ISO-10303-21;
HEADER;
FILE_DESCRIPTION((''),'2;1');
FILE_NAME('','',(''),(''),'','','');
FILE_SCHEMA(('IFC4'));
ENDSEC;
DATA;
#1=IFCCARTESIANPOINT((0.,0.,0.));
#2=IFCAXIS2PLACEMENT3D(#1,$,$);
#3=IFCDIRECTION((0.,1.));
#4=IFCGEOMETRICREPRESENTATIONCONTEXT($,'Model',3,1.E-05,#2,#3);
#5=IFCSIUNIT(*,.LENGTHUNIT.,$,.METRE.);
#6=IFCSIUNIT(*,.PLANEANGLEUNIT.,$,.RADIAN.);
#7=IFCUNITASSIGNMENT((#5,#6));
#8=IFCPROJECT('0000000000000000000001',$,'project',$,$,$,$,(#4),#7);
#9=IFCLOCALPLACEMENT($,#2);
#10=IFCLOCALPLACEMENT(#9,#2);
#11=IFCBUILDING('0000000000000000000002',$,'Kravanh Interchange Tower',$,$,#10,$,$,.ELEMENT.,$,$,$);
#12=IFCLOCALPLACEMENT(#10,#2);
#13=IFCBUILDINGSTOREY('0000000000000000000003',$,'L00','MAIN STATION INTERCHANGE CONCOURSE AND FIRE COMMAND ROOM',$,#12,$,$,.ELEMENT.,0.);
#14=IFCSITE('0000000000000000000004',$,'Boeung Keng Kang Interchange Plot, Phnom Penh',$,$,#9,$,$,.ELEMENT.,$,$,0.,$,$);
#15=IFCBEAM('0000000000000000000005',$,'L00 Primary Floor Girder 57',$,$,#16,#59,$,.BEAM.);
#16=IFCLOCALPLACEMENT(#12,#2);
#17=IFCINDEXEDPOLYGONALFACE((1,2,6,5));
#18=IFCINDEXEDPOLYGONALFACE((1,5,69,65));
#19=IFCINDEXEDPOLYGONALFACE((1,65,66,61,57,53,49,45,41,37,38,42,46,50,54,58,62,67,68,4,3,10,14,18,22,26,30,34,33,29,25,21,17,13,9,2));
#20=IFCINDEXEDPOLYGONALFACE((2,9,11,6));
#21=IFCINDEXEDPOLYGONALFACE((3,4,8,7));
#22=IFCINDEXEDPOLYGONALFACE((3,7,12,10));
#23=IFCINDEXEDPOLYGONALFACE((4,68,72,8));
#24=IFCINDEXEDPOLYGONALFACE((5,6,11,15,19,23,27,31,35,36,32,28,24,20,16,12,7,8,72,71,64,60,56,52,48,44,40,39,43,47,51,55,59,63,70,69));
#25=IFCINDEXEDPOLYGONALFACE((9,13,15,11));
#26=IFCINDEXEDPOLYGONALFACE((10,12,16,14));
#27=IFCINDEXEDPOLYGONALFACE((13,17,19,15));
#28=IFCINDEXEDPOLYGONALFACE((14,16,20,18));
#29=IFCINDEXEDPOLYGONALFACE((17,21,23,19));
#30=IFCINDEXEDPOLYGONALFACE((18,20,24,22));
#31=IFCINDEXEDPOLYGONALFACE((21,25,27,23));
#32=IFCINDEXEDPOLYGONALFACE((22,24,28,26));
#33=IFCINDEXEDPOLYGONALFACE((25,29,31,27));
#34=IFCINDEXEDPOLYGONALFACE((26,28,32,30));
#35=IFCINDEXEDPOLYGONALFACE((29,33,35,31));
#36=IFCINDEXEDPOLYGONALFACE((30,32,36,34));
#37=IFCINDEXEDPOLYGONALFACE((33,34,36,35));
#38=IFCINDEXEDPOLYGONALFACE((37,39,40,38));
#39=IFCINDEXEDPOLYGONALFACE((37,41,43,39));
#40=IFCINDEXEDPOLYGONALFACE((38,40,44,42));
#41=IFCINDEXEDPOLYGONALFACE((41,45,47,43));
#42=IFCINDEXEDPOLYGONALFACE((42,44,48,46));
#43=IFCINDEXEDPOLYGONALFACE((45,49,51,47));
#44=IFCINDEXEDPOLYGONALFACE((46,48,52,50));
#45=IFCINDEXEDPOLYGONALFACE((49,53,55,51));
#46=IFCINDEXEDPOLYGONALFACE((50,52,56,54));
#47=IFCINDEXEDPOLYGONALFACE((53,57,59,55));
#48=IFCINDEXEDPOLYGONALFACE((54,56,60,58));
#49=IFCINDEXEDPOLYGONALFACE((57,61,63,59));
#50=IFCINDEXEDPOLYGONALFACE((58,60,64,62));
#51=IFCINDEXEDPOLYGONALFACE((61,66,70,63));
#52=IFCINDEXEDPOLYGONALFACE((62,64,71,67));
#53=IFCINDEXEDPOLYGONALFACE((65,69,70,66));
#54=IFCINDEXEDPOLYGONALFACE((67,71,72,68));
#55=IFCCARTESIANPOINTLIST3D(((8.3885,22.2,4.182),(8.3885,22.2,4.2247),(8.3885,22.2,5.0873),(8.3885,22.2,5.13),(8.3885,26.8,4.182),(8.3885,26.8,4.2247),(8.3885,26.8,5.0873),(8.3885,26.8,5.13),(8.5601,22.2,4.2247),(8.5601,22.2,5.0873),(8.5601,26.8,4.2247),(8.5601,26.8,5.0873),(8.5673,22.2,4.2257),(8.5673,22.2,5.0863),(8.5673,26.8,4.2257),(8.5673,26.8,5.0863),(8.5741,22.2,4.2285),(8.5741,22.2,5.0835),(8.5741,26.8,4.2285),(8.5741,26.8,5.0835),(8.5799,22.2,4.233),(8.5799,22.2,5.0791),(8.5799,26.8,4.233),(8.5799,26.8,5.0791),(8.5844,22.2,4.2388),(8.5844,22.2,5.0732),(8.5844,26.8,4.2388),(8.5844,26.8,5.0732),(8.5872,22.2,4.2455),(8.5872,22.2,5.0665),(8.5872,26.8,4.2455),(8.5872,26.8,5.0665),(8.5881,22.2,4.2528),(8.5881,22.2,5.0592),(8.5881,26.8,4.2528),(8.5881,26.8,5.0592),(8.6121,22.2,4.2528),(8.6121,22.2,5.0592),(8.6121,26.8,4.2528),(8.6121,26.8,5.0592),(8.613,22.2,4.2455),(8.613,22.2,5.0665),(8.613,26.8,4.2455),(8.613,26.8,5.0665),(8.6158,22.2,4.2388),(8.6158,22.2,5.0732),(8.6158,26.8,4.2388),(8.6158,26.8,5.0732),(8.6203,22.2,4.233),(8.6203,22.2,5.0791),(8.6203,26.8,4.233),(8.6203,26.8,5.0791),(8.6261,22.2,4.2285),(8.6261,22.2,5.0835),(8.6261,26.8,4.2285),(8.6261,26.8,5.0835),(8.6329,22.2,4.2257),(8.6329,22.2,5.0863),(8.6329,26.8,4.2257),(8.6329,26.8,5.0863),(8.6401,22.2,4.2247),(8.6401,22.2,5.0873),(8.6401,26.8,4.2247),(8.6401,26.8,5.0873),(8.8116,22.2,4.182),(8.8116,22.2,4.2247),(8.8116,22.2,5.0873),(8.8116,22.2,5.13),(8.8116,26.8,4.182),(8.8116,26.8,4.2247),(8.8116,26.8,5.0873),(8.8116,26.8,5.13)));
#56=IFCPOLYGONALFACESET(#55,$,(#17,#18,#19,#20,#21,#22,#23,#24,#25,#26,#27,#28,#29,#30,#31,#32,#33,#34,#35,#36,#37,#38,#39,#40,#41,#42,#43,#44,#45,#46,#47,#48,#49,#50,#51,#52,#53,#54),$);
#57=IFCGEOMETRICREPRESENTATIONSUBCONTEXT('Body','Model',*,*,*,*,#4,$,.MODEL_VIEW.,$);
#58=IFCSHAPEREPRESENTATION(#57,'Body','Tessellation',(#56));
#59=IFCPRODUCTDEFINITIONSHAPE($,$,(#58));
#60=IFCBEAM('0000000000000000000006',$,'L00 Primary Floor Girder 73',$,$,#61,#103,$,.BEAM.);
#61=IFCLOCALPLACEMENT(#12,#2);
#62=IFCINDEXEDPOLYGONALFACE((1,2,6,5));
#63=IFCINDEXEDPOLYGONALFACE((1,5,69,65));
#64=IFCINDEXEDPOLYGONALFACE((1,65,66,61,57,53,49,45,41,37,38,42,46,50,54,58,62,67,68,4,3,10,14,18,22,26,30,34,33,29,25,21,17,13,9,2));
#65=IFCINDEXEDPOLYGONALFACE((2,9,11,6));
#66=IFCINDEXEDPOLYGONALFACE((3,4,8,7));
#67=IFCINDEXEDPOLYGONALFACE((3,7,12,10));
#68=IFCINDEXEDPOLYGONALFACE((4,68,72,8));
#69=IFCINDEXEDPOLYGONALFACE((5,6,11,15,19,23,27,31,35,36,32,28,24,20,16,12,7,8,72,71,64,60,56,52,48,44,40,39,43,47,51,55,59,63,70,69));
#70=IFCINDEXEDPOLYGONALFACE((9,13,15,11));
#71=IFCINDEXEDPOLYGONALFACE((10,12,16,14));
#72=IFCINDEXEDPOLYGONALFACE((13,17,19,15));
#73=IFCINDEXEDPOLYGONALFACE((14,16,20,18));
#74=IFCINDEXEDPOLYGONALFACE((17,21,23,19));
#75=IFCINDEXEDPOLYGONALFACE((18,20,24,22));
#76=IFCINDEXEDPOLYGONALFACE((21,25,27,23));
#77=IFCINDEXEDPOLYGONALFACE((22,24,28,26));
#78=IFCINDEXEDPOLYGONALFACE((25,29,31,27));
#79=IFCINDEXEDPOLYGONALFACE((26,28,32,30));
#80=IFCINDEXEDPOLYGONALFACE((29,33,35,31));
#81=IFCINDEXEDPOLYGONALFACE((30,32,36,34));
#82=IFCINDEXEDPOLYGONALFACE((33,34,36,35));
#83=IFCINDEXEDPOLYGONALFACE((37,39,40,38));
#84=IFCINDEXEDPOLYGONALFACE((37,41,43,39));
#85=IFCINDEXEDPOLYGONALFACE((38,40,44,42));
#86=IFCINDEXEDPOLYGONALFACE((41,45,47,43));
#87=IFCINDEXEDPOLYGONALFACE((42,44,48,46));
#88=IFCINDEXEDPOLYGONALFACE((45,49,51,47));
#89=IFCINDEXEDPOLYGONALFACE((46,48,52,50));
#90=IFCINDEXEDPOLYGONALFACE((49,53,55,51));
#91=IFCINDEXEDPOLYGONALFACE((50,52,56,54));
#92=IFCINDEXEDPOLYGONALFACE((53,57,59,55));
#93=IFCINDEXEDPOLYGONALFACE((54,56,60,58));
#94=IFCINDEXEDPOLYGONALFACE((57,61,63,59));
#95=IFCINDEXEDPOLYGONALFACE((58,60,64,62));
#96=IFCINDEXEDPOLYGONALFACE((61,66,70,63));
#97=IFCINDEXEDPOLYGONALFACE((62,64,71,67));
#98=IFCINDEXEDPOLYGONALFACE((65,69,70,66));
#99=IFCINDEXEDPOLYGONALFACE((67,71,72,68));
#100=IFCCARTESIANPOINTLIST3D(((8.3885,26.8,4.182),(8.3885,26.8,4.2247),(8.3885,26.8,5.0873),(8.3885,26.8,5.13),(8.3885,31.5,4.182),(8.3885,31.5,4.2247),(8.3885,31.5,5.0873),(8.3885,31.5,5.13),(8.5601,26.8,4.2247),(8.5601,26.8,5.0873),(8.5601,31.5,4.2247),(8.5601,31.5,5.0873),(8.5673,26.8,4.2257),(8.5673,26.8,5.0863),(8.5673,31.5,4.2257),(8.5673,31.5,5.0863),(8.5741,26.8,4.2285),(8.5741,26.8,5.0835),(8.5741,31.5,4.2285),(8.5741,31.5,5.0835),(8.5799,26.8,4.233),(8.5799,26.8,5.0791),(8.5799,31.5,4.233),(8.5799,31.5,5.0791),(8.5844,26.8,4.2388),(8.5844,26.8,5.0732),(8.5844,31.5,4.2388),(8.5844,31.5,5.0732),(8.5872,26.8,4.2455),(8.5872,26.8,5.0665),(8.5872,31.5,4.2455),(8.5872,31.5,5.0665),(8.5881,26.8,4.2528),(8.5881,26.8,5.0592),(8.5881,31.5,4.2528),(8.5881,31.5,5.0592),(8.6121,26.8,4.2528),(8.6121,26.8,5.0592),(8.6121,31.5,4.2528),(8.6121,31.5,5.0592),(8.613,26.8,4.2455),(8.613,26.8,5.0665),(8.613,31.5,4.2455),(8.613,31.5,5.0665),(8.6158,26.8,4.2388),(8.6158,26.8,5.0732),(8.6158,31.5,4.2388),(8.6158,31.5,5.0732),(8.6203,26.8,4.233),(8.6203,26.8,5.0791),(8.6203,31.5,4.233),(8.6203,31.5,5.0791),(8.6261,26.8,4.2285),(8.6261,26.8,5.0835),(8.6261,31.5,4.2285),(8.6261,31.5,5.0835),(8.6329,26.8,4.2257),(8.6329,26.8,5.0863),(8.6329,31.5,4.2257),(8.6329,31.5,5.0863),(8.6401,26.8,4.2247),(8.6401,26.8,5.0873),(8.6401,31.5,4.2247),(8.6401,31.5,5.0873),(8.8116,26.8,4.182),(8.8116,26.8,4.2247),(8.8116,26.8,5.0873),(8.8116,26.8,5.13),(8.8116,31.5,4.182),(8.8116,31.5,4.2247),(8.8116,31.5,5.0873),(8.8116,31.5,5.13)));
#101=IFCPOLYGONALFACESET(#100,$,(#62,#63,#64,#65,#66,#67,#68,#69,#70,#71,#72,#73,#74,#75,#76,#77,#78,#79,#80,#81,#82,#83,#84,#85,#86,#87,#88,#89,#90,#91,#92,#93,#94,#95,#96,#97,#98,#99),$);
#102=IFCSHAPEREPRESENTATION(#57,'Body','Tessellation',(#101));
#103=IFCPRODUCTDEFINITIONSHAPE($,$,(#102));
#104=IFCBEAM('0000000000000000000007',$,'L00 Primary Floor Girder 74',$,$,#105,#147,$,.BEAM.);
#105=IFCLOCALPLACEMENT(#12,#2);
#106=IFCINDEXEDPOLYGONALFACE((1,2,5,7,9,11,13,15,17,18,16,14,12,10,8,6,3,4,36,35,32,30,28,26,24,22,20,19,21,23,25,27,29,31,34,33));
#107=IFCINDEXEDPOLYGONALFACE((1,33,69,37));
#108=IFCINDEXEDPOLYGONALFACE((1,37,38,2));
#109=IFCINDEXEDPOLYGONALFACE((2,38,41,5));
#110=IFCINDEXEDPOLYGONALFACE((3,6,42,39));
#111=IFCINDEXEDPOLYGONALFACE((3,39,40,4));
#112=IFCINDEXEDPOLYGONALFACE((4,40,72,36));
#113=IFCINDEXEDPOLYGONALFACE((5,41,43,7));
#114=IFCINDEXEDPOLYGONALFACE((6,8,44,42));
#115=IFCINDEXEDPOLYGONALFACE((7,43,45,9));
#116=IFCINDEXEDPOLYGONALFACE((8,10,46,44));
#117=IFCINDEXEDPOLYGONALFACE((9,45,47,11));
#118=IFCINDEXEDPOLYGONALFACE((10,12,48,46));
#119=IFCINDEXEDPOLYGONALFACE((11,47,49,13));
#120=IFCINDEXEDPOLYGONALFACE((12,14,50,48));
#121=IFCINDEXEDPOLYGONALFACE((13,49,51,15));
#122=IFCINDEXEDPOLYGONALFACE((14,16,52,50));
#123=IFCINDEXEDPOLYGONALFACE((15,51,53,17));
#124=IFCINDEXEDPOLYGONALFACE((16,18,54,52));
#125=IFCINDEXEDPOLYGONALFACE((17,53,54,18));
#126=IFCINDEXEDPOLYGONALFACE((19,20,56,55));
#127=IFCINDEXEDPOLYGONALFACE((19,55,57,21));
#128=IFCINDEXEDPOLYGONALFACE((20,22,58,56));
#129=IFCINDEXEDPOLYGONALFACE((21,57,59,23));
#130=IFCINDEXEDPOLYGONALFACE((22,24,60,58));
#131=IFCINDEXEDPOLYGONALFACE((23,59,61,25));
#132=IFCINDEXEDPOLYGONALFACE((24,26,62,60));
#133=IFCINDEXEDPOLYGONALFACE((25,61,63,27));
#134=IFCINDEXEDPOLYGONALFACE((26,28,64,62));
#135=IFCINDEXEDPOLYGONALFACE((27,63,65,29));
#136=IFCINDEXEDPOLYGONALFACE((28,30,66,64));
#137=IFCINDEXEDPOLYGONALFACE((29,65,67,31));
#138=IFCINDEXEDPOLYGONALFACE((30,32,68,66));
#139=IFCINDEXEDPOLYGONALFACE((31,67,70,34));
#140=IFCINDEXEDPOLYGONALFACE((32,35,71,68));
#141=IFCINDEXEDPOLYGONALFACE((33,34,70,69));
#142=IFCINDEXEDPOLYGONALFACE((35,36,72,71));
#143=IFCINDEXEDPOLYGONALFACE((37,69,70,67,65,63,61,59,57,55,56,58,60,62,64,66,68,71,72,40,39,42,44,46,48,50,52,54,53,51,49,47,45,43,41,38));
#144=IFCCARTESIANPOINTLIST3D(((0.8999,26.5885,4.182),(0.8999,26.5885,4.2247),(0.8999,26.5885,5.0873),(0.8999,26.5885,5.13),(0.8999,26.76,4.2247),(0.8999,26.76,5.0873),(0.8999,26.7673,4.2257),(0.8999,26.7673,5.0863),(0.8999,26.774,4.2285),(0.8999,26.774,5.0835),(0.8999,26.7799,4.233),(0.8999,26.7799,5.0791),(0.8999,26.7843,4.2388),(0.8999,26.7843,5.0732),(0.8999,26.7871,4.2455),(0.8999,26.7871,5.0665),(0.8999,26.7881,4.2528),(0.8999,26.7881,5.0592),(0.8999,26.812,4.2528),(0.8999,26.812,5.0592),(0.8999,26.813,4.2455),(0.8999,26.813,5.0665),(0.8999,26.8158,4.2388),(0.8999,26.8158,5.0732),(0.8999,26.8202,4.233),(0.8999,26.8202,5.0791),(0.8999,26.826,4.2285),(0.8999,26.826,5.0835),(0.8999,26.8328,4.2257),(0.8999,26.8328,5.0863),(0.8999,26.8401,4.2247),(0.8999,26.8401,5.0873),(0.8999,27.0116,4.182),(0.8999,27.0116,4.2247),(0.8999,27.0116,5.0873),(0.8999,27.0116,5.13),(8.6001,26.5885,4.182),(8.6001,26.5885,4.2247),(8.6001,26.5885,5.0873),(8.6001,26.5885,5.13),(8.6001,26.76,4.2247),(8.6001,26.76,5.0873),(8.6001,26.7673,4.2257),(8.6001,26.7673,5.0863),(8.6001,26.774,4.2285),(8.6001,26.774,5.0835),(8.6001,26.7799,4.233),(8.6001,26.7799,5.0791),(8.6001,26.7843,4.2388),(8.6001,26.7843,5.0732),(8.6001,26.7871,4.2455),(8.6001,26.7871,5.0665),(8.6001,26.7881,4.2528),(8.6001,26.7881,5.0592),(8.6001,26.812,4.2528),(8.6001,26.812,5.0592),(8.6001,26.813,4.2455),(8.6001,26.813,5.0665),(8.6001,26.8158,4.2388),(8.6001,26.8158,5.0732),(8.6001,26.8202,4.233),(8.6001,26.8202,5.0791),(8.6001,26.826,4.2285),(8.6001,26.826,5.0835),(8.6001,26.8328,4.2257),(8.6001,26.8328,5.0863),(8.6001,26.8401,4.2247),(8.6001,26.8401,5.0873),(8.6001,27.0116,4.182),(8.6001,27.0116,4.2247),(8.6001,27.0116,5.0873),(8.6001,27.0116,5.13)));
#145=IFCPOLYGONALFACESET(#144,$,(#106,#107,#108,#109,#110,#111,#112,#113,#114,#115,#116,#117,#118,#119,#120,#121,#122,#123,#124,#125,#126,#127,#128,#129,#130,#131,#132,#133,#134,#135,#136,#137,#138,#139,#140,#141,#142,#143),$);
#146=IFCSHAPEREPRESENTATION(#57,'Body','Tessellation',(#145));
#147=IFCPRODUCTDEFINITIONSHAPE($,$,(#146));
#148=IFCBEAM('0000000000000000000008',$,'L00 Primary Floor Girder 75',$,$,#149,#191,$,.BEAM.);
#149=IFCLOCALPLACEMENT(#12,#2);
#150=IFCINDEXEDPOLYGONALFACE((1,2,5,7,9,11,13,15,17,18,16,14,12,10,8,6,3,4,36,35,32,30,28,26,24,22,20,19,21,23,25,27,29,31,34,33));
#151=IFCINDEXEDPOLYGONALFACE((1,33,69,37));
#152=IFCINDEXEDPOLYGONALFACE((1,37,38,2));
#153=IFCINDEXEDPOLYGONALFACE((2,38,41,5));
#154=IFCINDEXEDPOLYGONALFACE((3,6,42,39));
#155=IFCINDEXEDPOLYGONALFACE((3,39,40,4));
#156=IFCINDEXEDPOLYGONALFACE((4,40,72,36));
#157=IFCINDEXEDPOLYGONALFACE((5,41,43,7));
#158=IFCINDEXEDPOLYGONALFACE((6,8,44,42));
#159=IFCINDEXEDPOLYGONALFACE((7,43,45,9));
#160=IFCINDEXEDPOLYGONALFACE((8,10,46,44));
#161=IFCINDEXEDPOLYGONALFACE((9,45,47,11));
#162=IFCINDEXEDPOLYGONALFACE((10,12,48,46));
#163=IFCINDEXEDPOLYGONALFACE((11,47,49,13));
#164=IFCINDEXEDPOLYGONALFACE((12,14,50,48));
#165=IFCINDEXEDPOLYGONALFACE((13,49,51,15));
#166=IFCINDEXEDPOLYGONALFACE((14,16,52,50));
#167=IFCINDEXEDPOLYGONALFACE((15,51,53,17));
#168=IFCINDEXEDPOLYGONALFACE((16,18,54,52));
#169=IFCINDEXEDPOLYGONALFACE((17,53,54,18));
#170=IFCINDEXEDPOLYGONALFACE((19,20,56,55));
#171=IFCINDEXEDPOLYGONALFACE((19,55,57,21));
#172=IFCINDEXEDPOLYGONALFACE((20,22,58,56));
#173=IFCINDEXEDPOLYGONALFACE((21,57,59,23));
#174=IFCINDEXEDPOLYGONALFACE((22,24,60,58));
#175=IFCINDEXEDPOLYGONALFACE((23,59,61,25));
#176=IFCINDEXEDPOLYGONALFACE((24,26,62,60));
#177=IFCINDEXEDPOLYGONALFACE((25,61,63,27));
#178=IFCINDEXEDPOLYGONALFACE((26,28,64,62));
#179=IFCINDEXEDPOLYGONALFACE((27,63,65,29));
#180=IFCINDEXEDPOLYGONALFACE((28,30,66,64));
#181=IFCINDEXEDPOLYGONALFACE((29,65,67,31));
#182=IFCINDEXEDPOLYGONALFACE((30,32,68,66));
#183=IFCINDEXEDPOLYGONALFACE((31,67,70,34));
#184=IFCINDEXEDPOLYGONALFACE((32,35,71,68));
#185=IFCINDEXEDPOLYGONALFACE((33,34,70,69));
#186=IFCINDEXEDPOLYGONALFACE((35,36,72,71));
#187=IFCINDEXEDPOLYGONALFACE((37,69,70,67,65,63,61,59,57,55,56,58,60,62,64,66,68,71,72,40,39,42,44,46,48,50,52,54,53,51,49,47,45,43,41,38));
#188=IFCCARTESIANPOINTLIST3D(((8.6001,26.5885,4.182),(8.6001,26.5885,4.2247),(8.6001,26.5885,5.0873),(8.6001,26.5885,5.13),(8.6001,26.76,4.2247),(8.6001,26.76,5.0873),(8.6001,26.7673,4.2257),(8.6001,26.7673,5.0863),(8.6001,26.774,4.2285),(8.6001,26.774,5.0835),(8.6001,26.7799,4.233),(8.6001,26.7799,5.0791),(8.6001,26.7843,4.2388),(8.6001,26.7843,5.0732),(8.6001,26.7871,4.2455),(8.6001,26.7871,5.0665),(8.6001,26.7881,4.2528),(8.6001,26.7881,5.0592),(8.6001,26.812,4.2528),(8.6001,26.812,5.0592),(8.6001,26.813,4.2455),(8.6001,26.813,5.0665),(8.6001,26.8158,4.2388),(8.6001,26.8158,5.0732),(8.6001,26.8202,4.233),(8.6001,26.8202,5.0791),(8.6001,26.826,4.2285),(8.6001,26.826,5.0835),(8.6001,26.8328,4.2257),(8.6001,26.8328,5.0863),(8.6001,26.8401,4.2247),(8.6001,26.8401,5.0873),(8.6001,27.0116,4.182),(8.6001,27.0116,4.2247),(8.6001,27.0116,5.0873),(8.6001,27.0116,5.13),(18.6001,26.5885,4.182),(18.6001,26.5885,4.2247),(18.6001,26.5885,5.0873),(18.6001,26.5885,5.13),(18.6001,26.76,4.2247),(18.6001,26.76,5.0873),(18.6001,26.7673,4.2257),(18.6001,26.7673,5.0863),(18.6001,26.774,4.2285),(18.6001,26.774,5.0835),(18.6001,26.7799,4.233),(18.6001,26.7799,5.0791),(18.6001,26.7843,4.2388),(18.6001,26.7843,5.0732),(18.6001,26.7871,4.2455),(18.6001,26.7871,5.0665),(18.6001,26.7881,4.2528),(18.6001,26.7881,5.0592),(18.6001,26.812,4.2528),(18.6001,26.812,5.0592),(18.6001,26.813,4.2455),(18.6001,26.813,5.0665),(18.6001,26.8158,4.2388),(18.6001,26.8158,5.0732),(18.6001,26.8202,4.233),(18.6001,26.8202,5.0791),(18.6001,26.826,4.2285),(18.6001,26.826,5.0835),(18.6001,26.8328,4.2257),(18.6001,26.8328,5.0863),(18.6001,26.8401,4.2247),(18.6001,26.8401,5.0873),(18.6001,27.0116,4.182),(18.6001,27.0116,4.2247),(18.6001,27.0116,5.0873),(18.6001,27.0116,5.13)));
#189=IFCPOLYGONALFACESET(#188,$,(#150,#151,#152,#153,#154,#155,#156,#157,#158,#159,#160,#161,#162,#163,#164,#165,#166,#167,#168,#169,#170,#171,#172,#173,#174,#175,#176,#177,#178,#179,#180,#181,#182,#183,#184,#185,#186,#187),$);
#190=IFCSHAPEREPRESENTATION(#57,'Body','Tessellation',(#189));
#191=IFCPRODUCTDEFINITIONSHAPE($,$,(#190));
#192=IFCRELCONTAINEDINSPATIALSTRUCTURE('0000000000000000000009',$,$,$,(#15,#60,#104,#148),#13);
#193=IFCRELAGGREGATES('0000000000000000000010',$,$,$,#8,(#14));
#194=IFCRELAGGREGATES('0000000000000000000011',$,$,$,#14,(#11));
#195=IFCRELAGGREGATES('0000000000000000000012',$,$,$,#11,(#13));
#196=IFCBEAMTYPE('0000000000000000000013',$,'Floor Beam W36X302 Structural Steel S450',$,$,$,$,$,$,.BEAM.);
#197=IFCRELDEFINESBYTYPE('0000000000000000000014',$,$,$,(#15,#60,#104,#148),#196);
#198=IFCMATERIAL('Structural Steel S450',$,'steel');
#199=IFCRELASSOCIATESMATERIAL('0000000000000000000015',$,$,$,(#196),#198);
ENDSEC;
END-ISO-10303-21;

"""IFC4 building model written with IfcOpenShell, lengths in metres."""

from ifc_helpers import new_model, si_unit, direction, frame, origin, origin_2d, place, context, subcontext, project, spatial, i_section, extrude, material, material_profile, profile_set, type_object, element, save


model = new_model("IFC4")

# Units and contexts
model_context = context("Model", 3, precision=1e-05, world=origin(), true_north=direction((0.0, 1.0)))
body_context = subcontext(model_context, "Body", "Model", "MODEL_VIEW")
ifc_project = project(units=[si_unit("LENGTHUNIT", "METRE"), si_unit("PLANEANGLEUNIT", "RADIAN")], contexts=[model_context])

# Site, building, storey
site_placement = place(None, origin())
site = spatial("IfcSite", under=ifc_project, at=site_placement, Name="Boeung Keng Kang Interchange Plot, Phnom Penh", CompositionType="ELEMENT", RefElevation=0.0)
building_placement = place(site_placement, origin())
building = spatial("IfcBuilding", under=site, at=building_placement, Name="Kravanh Interchange Tower", CompositionType="ELEMENT")
storey_placement = place(building_placement, origin())
storey = spatial("IfcBuildingStorey", under=building, at=storey_placement, Name="L00", Description="MAIN STATION INTERCHANGE CONCOURSE AND FIRE COMMAND ROOM", CompositionType="ELEMENT", Elevation=0.0)

# Beams
ifc_material_1 = material(Name="Structural Steel S450", Category="steel")
ifc_material_profile_1 = material_profile(ifc_material_1, i_section(OverallWidth=0.4231, OverallDepth=0.948, WebThickness=0.0239, FlangeThickness=0.0427, FilletRadius=0.0281, at=origin_2d()), Name="W36X302")
ifc_profile_set_1 = profile_set([ifc_material_profile_1], Name="Structural Steel S450")
beam_type_1 = type_object("IfcBeamType", Name="Floor Beam W36X302 Structural Steel S450", PredefinedType="BEAM", material=ifc_profile_set_1)
beam_1_placement = place(storey_placement, frame((8.6001, 22.2, 4.656), z_axis=(0.0, 1.0, 0.0), x_axis=(-1.0, 0.0, 0.0)))
element("IfcBeam", 1, at=beam_1_placement, inside=storey, type_object=beam_type_1, Name="L00 Primary Floor Girder 57", PredefinedType="BEAM", context=body_context, shape_type="SweptSolid", body=[
    extrude(i_section(OverallWidth=0.4231, OverallDepth=0.948, WebThickness=0.0239, FlangeThickness=0.0427, FilletRadius=0.0281, at=origin_2d()), origin(), (0.0, 0.0, 1.0), 4.6001),
])
beam_2_placement = place(storey_placement, frame((8.6001, 26.8, 4.656), z_axis=(0.0, 1.0, 0.0), x_axis=(-1.0, 0.0, 0.0)))
element("IfcBeam", 2, at=beam_2_placement, inside=storey, type_object=beam_type_1, Name="L00 Primary Floor Girder 73", PredefinedType="BEAM", context=body_context, shape_type="SweptSolid", body=[
    extrude(i_section(OverallWidth=0.4231, OverallDepth=0.948, WebThickness=0.0239, FlangeThickness=0.0427, FilletRadius=0.0281, at=origin_2d()), origin(), (0.0, 0.0, 1.0), 4.7),
])
beam_3_placement = place(storey_placement, frame((8.6001, 26.8, 4.656), z_axis=(-1.0, 0.0, 0.0), x_axis=(0.0, -1.0, 0.0)))
element("IfcBeam", 3, at=beam_3_placement, inside=storey, type_object=beam_type_1, Name="L00 Primary Floor Girder 74", PredefinedType="BEAM", context=body_context, shape_type="SweptSolid", body=[
    extrude(i_section(OverallWidth=0.4231, OverallDepth=0.948, WebThickness=0.0239, FlangeThickness=0.0427, FilletRadius=0.0281, at=origin_2d()), origin(), (0.0, 0.0, 1.0), 7.7002),
])
beam_4_placement = place(storey_placement, frame((8.6001, 26.8, 4.656), z_axis=(1.0, 0.0, 0.0), x_axis=(0.0, 1.0, 0.0)))
element("IfcBeam", 4, at=beam_4_placement, inside=storey, type_object=beam_type_1, Name="L00 Primary Floor Girder 75", PredefinedType="BEAM", context=body_context, shape_type="SweptSolid", body=[
    extrude(i_section(OverallWidth=0.4231, OverallDepth=0.948, WebThickness=0.0239, FlangeThickness=0.0427, FilletRadius=0.0281, at=origin_2d()), origin(), (0.0, 0.0, 1.0), 10.0),
])

save(model, "model.ifc")
